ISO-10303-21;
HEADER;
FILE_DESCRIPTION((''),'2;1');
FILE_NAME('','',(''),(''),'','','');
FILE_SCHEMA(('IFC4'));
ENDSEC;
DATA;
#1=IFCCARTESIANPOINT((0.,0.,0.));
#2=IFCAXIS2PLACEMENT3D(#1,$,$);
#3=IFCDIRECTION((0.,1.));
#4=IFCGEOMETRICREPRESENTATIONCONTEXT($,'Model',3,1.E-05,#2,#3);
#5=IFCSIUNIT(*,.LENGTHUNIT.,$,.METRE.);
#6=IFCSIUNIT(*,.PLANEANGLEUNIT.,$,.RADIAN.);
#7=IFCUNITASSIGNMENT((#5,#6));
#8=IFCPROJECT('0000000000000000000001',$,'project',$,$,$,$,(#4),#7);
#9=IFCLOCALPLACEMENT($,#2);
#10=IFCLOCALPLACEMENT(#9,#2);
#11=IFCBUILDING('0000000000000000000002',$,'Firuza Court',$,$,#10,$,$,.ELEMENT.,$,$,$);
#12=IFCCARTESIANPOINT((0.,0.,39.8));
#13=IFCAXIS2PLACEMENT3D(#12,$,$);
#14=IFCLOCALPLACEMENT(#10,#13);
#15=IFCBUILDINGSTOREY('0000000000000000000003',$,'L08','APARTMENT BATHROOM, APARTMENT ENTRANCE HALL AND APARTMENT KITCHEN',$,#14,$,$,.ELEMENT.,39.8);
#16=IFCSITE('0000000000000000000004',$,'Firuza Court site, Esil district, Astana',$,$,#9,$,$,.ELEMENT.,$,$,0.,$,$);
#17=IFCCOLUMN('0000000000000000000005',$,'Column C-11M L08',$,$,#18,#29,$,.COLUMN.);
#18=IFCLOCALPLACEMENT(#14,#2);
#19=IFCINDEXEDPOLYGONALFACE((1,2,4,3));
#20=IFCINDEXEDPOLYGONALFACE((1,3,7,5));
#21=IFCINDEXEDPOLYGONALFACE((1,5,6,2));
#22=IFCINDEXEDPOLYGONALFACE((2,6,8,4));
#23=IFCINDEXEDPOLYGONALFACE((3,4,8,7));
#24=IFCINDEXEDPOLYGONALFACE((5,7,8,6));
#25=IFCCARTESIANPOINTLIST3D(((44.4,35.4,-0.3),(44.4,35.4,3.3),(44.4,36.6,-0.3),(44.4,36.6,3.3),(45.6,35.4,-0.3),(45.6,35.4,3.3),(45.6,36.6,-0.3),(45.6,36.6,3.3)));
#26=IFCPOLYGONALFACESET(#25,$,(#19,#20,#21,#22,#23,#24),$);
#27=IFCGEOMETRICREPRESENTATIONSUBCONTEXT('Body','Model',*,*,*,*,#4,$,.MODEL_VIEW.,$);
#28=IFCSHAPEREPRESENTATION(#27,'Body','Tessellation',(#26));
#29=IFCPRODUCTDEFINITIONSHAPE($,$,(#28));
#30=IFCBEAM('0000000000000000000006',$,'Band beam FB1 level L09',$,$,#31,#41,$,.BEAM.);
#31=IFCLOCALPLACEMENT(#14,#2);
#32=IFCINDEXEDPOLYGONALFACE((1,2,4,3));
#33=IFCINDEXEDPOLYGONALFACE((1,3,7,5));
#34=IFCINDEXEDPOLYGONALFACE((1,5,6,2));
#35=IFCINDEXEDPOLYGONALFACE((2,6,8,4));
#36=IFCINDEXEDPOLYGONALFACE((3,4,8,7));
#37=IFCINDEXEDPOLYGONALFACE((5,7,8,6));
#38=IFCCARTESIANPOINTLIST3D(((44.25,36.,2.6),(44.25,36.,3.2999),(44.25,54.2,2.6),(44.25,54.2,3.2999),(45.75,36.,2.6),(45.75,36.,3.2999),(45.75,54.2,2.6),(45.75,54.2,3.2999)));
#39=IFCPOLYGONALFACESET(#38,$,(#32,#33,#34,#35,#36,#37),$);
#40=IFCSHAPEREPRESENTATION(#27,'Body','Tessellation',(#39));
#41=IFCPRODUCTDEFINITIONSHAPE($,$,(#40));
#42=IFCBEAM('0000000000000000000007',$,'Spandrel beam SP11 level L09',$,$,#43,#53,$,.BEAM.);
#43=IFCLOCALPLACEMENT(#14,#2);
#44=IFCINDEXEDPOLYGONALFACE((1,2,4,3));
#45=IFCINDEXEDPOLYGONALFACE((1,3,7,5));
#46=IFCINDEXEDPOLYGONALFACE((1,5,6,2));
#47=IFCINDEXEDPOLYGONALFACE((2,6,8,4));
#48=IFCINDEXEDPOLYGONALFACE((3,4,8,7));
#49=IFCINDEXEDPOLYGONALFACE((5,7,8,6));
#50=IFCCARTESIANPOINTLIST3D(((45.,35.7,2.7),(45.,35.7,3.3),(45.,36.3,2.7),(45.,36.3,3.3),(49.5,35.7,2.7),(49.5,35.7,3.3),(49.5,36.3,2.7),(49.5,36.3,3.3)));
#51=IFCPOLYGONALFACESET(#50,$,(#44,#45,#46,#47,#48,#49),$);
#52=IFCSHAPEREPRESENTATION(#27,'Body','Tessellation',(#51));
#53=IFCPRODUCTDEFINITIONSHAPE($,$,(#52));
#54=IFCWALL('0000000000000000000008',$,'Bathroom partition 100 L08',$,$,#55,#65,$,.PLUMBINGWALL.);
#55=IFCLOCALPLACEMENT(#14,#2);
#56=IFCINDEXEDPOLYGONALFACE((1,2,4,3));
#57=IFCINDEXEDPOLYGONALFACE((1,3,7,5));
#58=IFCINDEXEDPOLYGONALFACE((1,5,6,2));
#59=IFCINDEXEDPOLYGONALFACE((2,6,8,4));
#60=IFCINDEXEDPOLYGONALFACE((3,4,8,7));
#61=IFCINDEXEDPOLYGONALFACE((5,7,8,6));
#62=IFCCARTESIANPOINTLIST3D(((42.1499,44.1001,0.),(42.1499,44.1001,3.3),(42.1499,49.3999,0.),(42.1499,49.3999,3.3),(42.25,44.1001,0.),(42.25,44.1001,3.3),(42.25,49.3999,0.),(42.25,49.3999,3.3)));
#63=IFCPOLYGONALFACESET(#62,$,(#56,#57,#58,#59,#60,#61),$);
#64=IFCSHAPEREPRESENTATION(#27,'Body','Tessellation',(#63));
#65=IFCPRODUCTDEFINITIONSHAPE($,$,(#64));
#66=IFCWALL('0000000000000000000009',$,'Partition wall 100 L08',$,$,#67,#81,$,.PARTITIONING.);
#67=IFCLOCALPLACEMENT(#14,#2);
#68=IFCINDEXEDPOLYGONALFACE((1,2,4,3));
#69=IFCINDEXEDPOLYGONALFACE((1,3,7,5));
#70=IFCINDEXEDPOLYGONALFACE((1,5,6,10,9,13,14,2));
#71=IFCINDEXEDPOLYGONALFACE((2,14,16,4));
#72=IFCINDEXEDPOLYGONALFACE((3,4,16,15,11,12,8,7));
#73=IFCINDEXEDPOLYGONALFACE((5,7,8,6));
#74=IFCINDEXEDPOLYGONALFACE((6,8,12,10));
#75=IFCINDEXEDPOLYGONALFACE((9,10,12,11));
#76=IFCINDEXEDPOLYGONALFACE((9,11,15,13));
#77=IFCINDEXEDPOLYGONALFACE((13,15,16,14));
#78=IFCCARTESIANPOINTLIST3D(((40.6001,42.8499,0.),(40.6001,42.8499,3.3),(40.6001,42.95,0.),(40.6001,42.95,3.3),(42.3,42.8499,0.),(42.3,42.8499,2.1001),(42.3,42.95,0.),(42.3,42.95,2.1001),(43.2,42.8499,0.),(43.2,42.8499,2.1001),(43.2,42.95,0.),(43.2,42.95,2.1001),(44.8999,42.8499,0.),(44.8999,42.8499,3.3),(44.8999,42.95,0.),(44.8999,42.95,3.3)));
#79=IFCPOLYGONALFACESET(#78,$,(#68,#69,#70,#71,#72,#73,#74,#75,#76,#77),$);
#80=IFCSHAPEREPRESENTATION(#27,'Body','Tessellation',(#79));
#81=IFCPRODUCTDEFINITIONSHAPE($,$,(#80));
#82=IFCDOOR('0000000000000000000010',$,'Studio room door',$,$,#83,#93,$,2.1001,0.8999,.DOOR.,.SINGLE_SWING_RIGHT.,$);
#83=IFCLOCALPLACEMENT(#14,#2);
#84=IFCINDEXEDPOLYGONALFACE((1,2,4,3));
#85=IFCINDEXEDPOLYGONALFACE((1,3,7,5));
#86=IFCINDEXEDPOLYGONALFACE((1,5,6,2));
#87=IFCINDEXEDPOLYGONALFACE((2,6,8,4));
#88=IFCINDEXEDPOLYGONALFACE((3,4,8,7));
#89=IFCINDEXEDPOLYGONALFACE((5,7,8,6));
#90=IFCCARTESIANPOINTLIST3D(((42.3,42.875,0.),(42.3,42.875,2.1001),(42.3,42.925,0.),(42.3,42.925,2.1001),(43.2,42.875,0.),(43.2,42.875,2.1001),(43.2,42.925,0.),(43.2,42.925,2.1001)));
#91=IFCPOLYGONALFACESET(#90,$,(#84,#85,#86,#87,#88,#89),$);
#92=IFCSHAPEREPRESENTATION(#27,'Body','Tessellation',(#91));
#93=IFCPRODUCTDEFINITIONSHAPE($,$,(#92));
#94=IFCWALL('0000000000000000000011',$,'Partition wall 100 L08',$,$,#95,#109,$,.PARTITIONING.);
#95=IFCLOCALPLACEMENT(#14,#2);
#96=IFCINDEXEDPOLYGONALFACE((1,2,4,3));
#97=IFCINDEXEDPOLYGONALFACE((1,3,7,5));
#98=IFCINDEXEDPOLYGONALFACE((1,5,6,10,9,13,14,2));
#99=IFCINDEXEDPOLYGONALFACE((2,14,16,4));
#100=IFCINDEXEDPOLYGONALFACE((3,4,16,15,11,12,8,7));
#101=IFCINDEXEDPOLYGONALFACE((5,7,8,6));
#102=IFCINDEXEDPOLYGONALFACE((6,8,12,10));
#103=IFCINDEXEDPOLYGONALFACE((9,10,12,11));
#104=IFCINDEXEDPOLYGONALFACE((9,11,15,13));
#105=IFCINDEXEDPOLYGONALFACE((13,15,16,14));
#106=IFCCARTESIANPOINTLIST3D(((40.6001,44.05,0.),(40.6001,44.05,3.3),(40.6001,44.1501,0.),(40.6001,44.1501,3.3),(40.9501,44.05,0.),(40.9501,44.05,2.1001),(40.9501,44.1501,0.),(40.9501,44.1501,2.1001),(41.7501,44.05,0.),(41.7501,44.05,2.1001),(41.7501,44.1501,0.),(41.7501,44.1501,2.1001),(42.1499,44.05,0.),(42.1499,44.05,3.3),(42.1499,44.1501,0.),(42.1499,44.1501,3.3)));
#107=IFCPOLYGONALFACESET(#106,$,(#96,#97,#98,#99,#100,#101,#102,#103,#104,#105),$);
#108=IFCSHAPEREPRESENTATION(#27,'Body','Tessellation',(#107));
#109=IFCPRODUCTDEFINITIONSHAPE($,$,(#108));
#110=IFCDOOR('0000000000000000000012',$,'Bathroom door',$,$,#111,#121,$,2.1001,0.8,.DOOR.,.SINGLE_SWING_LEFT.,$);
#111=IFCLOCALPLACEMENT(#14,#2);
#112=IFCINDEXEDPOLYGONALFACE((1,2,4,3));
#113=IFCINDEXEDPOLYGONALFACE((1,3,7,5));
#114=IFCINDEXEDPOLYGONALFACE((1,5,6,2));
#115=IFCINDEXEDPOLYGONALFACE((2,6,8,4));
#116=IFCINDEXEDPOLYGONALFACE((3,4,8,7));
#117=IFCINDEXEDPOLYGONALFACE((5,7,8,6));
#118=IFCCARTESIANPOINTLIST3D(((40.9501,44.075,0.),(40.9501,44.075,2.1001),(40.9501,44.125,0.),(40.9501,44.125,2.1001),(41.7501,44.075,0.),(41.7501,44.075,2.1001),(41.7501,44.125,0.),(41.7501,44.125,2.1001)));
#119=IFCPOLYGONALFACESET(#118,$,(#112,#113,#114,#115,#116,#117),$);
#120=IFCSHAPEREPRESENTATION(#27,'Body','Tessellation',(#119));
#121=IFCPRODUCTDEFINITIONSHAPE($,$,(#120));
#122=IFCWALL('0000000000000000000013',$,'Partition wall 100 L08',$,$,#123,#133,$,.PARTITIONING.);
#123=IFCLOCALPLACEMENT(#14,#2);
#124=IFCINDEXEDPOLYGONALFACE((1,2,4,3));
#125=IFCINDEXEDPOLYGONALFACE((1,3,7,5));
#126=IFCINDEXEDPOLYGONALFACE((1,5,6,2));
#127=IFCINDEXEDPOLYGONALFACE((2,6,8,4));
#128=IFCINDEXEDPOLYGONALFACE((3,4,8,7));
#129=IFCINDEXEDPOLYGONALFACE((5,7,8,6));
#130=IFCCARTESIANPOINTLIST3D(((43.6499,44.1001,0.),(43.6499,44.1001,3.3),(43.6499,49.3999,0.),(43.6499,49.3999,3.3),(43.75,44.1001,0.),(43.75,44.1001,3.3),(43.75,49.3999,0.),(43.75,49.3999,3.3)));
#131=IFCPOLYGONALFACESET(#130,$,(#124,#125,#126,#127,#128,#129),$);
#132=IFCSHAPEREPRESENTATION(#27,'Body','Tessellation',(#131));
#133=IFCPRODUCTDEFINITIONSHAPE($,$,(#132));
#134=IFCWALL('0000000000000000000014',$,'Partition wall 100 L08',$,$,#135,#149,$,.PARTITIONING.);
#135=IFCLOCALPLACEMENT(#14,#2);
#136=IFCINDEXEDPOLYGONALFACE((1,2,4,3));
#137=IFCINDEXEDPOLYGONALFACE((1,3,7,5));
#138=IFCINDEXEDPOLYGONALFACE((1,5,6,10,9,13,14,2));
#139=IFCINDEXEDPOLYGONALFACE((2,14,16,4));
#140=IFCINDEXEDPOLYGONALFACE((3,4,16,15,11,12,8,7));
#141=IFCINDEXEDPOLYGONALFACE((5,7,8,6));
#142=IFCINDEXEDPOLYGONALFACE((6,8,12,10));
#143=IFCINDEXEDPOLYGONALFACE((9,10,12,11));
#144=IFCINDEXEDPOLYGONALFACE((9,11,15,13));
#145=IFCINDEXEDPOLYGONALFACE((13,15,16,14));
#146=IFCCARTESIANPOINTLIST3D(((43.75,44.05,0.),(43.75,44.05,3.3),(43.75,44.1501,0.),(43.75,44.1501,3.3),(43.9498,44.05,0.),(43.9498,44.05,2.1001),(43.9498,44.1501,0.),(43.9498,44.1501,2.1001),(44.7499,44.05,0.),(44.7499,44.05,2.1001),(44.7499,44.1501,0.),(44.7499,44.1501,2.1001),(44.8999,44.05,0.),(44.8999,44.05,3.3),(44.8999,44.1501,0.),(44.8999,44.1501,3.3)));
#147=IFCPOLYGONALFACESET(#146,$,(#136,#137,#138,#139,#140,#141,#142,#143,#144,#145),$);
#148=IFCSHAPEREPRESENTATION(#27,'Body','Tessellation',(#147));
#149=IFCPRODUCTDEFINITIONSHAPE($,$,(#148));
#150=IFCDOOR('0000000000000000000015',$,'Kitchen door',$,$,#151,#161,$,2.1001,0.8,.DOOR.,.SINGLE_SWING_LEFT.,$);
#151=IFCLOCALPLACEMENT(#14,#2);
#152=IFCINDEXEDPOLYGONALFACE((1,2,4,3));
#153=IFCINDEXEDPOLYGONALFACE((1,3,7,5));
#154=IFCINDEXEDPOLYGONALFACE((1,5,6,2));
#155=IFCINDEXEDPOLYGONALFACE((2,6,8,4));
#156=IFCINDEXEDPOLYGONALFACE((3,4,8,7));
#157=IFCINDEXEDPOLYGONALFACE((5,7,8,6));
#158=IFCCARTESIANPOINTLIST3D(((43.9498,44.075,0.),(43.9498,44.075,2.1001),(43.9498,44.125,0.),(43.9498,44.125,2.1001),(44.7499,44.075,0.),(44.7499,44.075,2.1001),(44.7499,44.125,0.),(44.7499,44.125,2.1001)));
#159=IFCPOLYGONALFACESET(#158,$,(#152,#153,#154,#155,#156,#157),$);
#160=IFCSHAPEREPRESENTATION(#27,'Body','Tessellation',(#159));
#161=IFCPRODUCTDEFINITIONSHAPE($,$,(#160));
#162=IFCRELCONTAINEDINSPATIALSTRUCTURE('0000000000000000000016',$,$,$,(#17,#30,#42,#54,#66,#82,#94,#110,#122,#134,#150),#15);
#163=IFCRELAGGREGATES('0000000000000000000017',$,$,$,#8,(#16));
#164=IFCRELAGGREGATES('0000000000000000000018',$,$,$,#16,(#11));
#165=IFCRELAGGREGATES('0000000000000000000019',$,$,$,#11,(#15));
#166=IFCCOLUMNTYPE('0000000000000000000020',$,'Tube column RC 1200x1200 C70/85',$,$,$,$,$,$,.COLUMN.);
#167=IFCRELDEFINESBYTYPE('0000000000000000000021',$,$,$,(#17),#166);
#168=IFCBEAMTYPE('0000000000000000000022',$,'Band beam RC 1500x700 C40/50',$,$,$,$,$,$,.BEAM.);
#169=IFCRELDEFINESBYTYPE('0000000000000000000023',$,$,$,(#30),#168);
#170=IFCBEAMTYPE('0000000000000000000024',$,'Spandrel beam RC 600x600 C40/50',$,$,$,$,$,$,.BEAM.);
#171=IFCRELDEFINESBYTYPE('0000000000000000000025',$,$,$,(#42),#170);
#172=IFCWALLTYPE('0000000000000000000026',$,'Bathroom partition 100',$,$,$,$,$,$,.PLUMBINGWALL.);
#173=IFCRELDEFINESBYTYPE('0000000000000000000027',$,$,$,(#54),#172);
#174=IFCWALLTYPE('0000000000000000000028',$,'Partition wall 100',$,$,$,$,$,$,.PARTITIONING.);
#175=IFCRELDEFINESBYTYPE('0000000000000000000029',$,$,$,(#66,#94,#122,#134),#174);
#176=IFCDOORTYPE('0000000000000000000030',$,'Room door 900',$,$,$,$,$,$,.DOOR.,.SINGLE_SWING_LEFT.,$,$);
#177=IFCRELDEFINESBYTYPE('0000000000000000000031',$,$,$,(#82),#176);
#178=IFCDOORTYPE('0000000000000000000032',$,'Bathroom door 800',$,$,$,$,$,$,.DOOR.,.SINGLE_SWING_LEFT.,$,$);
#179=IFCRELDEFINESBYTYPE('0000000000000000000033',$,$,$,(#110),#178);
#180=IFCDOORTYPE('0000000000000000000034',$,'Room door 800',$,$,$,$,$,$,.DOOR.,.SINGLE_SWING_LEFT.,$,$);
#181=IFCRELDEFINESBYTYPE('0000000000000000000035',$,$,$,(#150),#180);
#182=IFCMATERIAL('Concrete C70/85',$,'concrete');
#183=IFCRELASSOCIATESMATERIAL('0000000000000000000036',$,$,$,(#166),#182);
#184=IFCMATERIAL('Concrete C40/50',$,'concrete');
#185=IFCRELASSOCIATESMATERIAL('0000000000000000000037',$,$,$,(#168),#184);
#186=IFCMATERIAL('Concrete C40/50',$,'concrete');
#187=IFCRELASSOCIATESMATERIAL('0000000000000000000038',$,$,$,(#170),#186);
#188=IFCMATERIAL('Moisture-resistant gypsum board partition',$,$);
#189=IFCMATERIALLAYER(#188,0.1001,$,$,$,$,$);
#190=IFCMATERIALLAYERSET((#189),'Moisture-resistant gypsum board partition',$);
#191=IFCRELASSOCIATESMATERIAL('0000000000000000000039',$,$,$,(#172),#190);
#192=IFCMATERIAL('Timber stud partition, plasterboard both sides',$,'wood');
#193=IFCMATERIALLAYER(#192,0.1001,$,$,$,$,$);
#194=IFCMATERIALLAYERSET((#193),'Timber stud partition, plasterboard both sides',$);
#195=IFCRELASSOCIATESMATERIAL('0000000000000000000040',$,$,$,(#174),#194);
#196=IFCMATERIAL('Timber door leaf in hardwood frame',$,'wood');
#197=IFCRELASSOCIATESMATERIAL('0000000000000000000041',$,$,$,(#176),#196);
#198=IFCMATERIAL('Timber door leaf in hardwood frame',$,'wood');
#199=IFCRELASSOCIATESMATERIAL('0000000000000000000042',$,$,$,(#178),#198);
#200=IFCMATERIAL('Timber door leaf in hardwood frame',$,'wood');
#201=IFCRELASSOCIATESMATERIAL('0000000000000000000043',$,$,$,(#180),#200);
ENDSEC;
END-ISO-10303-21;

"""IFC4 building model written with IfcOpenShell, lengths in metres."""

from ifc_helpers import new_model, si_unit, direction, frame, frame_2d, origin, origin_2d, place, context, subcontext, project, spatial, rectangle, extrude, material, layer, layer_set, material_profile, profile_set, type_object, element, fill, save


model = new_model("IFC4")

# Units and contexts
model_context = context("Model", 3, precision=1e-05, world=origin(), true_north=direction((0.0, 1.0)))
body_context = subcontext(model_context, "Body", "Model", "MODEL_VIEW")
ifc_project = project(units=[si_unit("LENGTHUNIT", "METRE"), si_unit("PLANEANGLEUNIT", "RADIAN")], contexts=[model_context])

# Site, building, storey
site_placement = place(None, origin())
site = spatial("IfcSite", under=ifc_project, at=site_placement, Name="Firuza Court site, Esil district, Astana", CompositionType="ELEMENT", RefElevation=0.0)
building_placement = place(site_placement, origin())
building = spatial("IfcBuilding", under=site, at=building_placement, Name="Firuza Court", CompositionType="ELEMENT")
storey_placement = place(building_placement, frame((0.0, 0.0, 39.8)))
storey = spatial("IfcBuildingStorey", under=building, at=storey_placement, Name="L08", Description="APARTMENT BATHROOM, APARTMENT ENTRANCE HALL AND APARTMENT KITCHEN", CompositionType="ELEMENT", Elevation=39.8)

# Column
ifc_material_1 = material(Name="Concrete C70/85", Category="concrete")
ifc_material_profile_1 = material_profile(ifc_material_1, rectangle(XDim=1.2, YDim=1.2, at=origin_2d()), Name="RC 1200x1200")
ifc_profile_set_1 = profile_set([ifc_material_profile_1], Name="Concrete C70/85")
column_type = type_object("IfcColumnType", Name="Tube column RC 1200x1200 C70/85", PredefinedType="COLUMN", material=ifc_profile_set_1)
column_placement = place(storey_placement, frame((45.0, 36.0, -0.3), z_axis=(0.0, 0.0, 1.0), x_axis=(1.0, 0.0, 0.0)))
element("IfcColumn", 1, at=column_placement, inside=storey, type_object=column_type, Name="Column C-11M L08", PredefinedType="COLUMN", context=body_context, shape_type="SweptSolid", body=[
    extrude(rectangle(XDim=1.2, YDim=1.2, at=origin_2d()), origin(), (0.0, 0.0, 1.0), 3.6001),
])

# Beams
ifc_material_2 = material(Name="Concrete C40/50", Category="concrete")
ifc_material_profile_2 = material_profile(ifc_material_2, rectangle(XDim=1.5, YDim=0.7, at=origin_2d()), Name="RC 1500x700")
ifc_profile_set_2 = profile_set([ifc_material_profile_2], Name="Concrete C40/50")
beam_type_1 = type_object("IfcBeamType", Name="Band beam RC 1500x700 C40/50", PredefinedType="BEAM", material=ifc_profile_set_2)
beam_1_placement = place(storey_placement, frame((45.0, 36.0, 2.95), z_axis=(0.0, 1.0, 0.0), x_axis=(-1.0, 0.0, 0.0)))
element("IfcBeam", 2, at=beam_1_placement, inside=storey, type_object=beam_type_1, Name="Band beam FB1 level L09", PredefinedType="BEAM", context=body_context, shape_type="SweptSolid", body=[
    extrude(rectangle(XDim=1.5, YDim=0.7, at=origin_2d()), origin(), (0.0, 0.0, 1.0), 18.2),
])
ifc_material_3 = material(Name="Concrete C40/50", Category="concrete")
ifc_material_profile_3 = material_profile(ifc_material_3, rectangle(XDim=0.6001, YDim=0.6001, at=origin_2d()), Name="RC 600x600")
ifc_profile_set_3 = profile_set([ifc_material_profile_3], Name="Concrete C40/50")
beam_type_2 = type_object("IfcBeamType", Name="Spandrel beam RC 600x600 C40/50", PredefinedType="BEAM", material=ifc_profile_set_3)
beam_2_placement = place(storey_placement, frame((45.0, 36.0, 3.0), z_axis=(1.0, 0.0, 0.0), x_axis=(0.0, 1.0, 0.0)))
element("IfcBeam", 3, at=beam_2_placement, inside=storey, type_object=beam_type_2, Name="Spandrel beam SP11 level L09", PredefinedType="BEAM", context=body_context, shape_type="SweptSolid", body=[
    extrude(rectangle(XDim=0.6001, YDim=0.6001, at=origin_2d()), origin(), (0.0, 0.0, 1.0), 4.5),
])

# Wall
ifc_material_4 = material(Name="Moisture-resistant gypsum board partition")
ifc_layer_1 = layer(ifc_material_4, 0.1001)
ifc_layer_set_1 = layer_set([ifc_layer_1], Name="Moisture-resistant gypsum board partition")
wall_type_1 = type_object("IfcWallType", Name="Bathroom partition 100", PredefinedType="PLUMBINGWALL", material=ifc_layer_set_1)
wall_1_placement = place(storey_placement, frame((42.2, 44.1001, 0.0), z_axis=(0.0, 0.0, 1.0), x_axis=(0.0, 1.0, 0.0)))
element("IfcWall", 4, at=wall_1_placement, inside=storey, type_object=wall_type_1, Name="Bathroom partition 100 L08", PredefinedType="PLUMBINGWALL", context=body_context, shape_type="SweptSolid", body=[
    extrude(rectangle(XDim=5.2998, YDim=0.1001, at=frame_2d((2.6499, 0.0))), origin(), (0.0, 0.0, 1.0), 3.3),
])

# Walls, openings, doors
ifc_material_5 = material(Name="Timber stud partition, plasterboard both sides", Category="wood")
ifc_layer_2 = layer(ifc_material_5, 0.1001)
ifc_layer_set_2 = layer_set([ifc_layer_2], Name="Timber stud partition, plasterboard both sides")
wall_type_2 = type_object("IfcWallType", Name="Partition wall 100", PredefinedType="PARTITIONING", material=ifc_layer_set_2)
wall_2_placement = place(storey_placement, frame((40.6001, 42.8999, 0.0), z_axis=(0.0, 0.0, 1.0), x_axis=(1.0, 0.0, 0.0)))
wall_2 = element("IfcWall", 5, at=wall_2_placement, inside=storey, type_object=wall_type_2, Name="Partition wall 100 L08", PredefinedType="PARTITIONING", context=body_context, shape_type="SweptSolid", body=[
    extrude(rectangle(XDim=4.2998, YDim=0.1001, at=frame_2d((2.1499, 0.0))), origin(), (0.0, 0.0, 1.0), 3.3),
])
opening_1_placement = place(wall_2_placement, frame((1.7, 0.0, 0.0)))
opening_1 = element("IfcOpeningElement", 6, at=opening_1_placement, cuts=wall_2, PredefinedType="OPENING", context=body_context, shape_type="SweptSolid", body=[
    extrude(rectangle(XDim=0.8999, YDim=2.1001, at=frame_2d((0.45, 1.05))), frame((0.0, 0.062, 0.0), z_axis=(0.0, -1.0, 0.0), x_axis=(1.0, 0.0, 0.0)), (0.0, 0.0, 1.0), 0.124),
])
ifc_material_6 = material(Name="Timber door leaf in hardwood frame", Category="wood")
door_type_1 = type_object("IfcDoorType", Name="Room door 900", OperationType="SINGLE_SWING_LEFT", PredefinedType="DOOR", material=ifc_material_6)
door_1_placement = place(opening_1_placement, frame((0.8999, 0.0, 0.0), z_axis=(0.0, 0.0, 1.0), x_axis=(-1.0, 0.0, 0.0)))
door_1 = element("IfcDoor", 7, at=door_1_placement, inside=storey, type_object=door_type_1, Name="Studio room door", OperationType="SINGLE_SWING_RIGHT", OverallHeight=2.1001, OverallWidth=0.8999, PredefinedType="DOOR", context=body_context, shape_type="SweptSolid", body=[
    extrude(rectangle(XDim=0.8999, YDim=2.1001, at=frame_2d((0.45, 1.05))), frame((0.0, 0.0249, 0.0), z_axis=(0.0, -1.0, 0.0), x_axis=(1.0, 0.0, 0.0)), (0.0, 0.0, 1.0), 0.05),
])
fill(opening_1, door_1)
wall_3_placement = place(storey_placement, frame((40.6001, 44.1001, 0.0), z_axis=(0.0, 0.0, 1.0), x_axis=(1.0, 0.0, 0.0)))
wall_3 = element("IfcWall", 8, at=wall_3_placement, inside=storey, type_object=wall_type_2, Name="Partition wall 100 L08", PredefinedType="PARTITIONING", context=body_context, shape_type="SweptSolid", body=[
    extrude(rectangle(XDim=1.5498, YDim=0.1001, at=frame_2d((0.7749, 0.0))), origin(), (0.0, 0.0, 1.0), 3.3),
])
opening_2_placement = place(wall_3_placement, frame((0.3501, 0.0, 0.0)))
opening_2 = element("IfcOpeningElement", 9, at=opening_2_placement, cuts=wall_3, PredefinedType="OPENING", context=body_context, shape_type="SweptSolid", body=[
    extrude(rectangle(XDim=0.8, YDim=2.1001, at=frame_2d((0.3999, 1.05))), frame((0.0, 0.062, 0.0), z_axis=(0.0, -1.0, 0.0), x_axis=(1.0, 0.0, 0.0)), (0.0, 0.0, 1.0), 0.124),
])
ifc_material_7 = material(Name="Timber door leaf in hardwood frame", Category="wood")
door_type_2 = type_object("IfcDoorType", Name="Bathroom door 800", OperationType="SINGLE_SWING_LEFT", PredefinedType="DOOR", material=ifc_material_7)
door_2_placement = place(opening_2_placement, origin())
door_2 = element("IfcDoor", 10, at=door_2_placement, inside=storey, type_object=door_type_2, Name="Bathroom door", OperationType="SINGLE_SWING_LEFT", OverallHeight=2.1001, OverallWidth=0.8, PredefinedType="DOOR", context=body_context, shape_type="SweptSolid", body=[
    extrude(rectangle(XDim=0.8, YDim=2.1001, at=frame_2d((0.3999, 1.05))), frame((0.0, 0.0249, 0.0), z_axis=(0.0, -1.0, 0.0), x_axis=(1.0, 0.0, 0.0)), (0.0, 0.0, 1.0), 0.05),
])
fill(opening_2, door_2)

# Wall
wall_4_placement = place(storey_placement, frame((43.7, 44.1001, 0.0), z_axis=(0.0, 0.0, 1.0), x_axis=(0.0, 1.0, 0.0)))
element("IfcWall", 11, at=wall_4_placement, inside=storey, type_object=wall_type_2, Name="Partition wall 100 L08", PredefinedType="PARTITIONING", context=body_context, shape_type="SweptSolid", body=[
    extrude(rectangle(XDim=5.2998, YDim=0.1001, at=frame_2d((2.6499, 0.0))), origin(), (0.0, 0.0, 1.0), 3.3),
])

# Wall, opening, door
wall_5_placement = place(storey_placement, frame((43.75, 44.1001, 0.0), z_axis=(0.0, 0.0, 1.0), x_axis=(1.0, 0.0, 0.0)))
wall_5 = element("IfcWall", 12, at=wall_5_placement, inside=storey, type_object=wall_type_2, Name="Partition wall 100 L08", PredefinedType="PARTITIONING", context=body_context, shape_type="SweptSolid", body=[
    extrude(rectangle(XDim=1.1499, YDim=0.1001, at=frame_2d((0.575, 0.0))), origin(), (0.0, 0.0, 1.0), 3.3),
])
opening_3_placement = place(wall_5_placement, frame((0.2, 0.0, 0.0)))
opening_3 = element("IfcOpeningElement", 13, at=opening_3_placement, cuts=wall_5, PredefinedType="OPENING", context=body_context, shape_type="SweptSolid", body=[
    extrude(rectangle(XDim=0.8, YDim=2.1001, at=frame_2d((0.3999, 1.05))), frame((0.0, 0.062, 0.0), z_axis=(0.0, -1.0, 0.0), x_axis=(1.0, 0.0, 0.0)), (0.0, 0.0, 1.0), 0.124),
])
ifc_material_8 = material(Name="Timber door leaf in hardwood frame", Category="wood")
door_type_3 = type_object("IfcDoorType", Name="Room door 800", OperationType="SINGLE_SWING_LEFT", PredefinedType="DOOR", material=ifc_material_8)
door_3_placement = place(opening_3_placement, origin())
door_3 = element("IfcDoor", 14, at=door_3_placement, inside=storey, type_object=door_type_3, Name="Kitchen door", OperationType="SINGLE_SWING_LEFT", OverallHeight=2.1001, OverallWidth=0.8, PredefinedType="DOOR", context=body_context, shape_type="SweptSolid", body=[
    extrude(rectangle(XDim=0.8, YDim=2.1001, at=frame_2d((0.3999, 1.05))), frame((0.0, 0.0249, 0.0), z_axis=(0.0, -1.0, 0.0), x_axis=(1.0, 0.0, 0.0)), (0.0, 0.0, 1.0), 0.05),
])
fill(opening_3, door_3)

save(model, "model.ifc")
